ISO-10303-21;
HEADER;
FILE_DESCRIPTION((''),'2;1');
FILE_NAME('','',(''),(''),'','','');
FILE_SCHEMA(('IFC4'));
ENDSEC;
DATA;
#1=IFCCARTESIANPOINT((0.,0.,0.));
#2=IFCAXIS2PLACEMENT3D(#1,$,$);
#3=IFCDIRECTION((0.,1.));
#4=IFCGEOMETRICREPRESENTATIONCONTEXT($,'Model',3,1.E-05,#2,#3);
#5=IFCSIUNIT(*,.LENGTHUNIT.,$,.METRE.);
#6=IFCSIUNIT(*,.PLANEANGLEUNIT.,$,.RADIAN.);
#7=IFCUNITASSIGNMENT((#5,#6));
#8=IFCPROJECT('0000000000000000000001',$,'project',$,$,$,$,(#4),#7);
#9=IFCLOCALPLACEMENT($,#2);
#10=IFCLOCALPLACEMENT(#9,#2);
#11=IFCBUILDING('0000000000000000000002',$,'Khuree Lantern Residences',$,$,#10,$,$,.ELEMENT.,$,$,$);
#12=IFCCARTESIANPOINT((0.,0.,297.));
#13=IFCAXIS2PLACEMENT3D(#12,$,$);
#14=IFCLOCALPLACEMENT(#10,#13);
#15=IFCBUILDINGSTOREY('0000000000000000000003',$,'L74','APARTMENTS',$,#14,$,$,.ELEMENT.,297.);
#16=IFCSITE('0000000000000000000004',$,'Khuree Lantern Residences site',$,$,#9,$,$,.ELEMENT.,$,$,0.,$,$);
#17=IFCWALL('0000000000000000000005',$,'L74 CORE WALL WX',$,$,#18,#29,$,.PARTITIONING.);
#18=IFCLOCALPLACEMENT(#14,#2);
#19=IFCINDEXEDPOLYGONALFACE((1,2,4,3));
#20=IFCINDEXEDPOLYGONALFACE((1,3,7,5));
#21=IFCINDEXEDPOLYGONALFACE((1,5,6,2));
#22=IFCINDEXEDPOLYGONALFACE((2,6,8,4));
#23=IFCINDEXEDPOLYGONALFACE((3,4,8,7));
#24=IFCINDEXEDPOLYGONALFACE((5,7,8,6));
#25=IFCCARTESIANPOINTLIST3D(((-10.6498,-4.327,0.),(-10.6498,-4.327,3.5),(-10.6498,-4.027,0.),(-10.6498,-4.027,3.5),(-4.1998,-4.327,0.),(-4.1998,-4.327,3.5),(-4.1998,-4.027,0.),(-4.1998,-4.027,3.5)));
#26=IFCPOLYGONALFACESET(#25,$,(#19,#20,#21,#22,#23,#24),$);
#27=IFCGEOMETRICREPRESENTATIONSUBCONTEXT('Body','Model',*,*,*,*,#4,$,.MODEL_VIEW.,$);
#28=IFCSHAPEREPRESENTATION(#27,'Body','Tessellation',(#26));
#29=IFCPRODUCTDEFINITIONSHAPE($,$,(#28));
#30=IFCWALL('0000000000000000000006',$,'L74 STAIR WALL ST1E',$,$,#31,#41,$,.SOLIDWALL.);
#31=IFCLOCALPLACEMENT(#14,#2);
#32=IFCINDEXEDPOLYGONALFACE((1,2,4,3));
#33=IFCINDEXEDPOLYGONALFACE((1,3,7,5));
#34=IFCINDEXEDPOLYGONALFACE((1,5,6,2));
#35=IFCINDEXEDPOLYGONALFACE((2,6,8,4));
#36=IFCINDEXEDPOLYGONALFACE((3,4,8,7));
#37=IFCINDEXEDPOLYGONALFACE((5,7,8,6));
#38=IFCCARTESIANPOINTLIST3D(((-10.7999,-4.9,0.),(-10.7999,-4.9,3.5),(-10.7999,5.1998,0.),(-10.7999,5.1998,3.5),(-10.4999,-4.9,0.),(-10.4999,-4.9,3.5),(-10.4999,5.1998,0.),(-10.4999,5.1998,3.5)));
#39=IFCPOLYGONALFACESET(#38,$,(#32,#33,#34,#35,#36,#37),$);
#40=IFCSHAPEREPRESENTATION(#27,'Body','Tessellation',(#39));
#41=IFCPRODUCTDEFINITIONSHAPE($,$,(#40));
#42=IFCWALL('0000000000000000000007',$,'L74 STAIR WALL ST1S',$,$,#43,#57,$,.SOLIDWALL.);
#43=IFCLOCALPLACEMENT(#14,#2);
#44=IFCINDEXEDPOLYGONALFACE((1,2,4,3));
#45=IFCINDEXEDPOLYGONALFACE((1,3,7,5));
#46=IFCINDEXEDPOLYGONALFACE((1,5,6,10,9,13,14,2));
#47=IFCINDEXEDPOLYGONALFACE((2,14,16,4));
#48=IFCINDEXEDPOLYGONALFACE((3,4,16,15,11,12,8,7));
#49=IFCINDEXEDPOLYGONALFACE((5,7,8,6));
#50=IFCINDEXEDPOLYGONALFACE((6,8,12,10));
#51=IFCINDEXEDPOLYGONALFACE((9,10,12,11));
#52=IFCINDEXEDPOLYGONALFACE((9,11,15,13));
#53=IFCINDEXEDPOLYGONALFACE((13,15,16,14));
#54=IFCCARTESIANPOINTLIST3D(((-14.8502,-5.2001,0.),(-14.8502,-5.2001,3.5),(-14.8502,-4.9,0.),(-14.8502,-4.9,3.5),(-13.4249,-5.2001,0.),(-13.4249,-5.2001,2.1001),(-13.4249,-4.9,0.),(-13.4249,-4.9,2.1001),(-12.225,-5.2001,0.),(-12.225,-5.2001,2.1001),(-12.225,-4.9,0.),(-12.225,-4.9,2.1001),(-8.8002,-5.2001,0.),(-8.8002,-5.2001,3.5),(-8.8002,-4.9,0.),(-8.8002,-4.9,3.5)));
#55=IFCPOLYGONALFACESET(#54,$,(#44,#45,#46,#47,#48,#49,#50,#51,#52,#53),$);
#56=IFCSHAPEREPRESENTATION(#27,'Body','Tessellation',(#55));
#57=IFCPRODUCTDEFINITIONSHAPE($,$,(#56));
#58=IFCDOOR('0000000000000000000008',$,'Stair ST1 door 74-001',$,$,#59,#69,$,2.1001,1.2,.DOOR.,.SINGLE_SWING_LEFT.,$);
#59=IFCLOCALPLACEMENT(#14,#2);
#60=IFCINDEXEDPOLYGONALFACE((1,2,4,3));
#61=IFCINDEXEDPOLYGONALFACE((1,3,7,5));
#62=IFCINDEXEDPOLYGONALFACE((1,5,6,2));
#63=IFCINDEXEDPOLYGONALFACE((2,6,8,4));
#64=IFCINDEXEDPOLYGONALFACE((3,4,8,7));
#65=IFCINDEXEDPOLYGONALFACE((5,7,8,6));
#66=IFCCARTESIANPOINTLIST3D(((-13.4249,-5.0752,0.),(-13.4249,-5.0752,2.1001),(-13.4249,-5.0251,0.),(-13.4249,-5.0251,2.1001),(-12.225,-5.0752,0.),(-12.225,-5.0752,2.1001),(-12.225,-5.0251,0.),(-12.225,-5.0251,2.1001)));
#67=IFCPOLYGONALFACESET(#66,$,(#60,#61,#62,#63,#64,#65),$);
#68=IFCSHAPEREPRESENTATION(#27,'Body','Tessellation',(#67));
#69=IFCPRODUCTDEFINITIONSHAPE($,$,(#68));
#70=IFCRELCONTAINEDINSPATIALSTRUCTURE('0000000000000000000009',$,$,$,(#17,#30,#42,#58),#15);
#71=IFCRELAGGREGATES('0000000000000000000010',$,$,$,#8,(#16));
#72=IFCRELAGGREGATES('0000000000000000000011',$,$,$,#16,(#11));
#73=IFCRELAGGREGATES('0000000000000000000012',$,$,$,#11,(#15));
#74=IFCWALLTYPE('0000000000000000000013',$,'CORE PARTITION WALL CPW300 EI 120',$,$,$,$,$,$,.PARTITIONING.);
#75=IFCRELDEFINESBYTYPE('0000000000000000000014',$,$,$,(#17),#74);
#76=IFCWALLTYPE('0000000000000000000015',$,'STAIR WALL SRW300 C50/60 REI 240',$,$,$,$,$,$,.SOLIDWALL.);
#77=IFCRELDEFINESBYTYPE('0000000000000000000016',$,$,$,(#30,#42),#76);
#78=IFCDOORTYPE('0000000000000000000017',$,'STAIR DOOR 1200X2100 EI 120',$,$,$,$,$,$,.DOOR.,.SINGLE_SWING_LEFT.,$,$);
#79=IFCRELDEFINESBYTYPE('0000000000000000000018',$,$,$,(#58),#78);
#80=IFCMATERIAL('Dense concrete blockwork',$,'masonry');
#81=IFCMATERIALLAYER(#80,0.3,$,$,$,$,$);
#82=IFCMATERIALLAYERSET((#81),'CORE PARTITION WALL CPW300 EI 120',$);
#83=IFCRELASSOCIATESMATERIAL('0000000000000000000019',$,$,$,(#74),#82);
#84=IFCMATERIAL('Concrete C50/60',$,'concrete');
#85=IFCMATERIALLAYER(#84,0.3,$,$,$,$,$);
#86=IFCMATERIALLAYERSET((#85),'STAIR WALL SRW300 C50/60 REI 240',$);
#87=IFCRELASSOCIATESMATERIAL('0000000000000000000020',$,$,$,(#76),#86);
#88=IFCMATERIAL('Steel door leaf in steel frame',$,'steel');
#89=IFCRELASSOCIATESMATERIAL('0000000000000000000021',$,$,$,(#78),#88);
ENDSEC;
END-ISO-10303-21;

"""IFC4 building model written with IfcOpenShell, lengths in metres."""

from ifc_helpers import new_model, si_unit, direction, frame, frame_2d, origin, place, context, subcontext, project, spatial, rectangle, extrude, material, layer, layer_set, type_object, element, fill, save


model = new_model("IFC4")

# Units and contexts
model_context = context("Model", 3, precision=1e-05, world=origin(), true_north=direction((0.0, 1.0)))
body_context = subcontext(model_context, "Body", "Model", "MODEL_VIEW")
ifc_project = project(units=[si_unit("LENGTHUNIT", "METRE"), si_unit("PLANEANGLEUNIT", "RADIAN")], contexts=[model_context])

# Site, building, storey
site_placement = place(None, origin())
site = spatial("IfcSite", under=ifc_project, at=site_placement, Name="Khuree Lantern Residences site", CompositionType="ELEMENT", RefElevation=0.0)
building_placement = place(site_placement, origin())
building = spatial("IfcBuilding", under=site, at=building_placement, Name="Khuree Lantern Residences", CompositionType="ELEMENT")
storey_placement = place(building_placement, frame((0.0, 0.0, 297.0)))
storey = spatial("IfcBuildingStorey", under=building, at=storey_placement, Name="L74", Description="APARTMENTS", CompositionType="ELEMENT", Elevation=297.0)

# Shared definitions
ifc_material_1 = material(Name="Dense concrete blockwork", Category="masonry")
ifc_layer_1 = layer(ifc_material_1, 0.3)
ifc_layer_set_1 = layer_set([ifc_layer_1], Name="CORE PARTITION WALL CPW300 EI 120")
wall_type_1 = type_object("IfcWallType", Name="CORE PARTITION WALL CPW300 EI 120", PredefinedType="PARTITIONING", material=ifc_layer_set_1)
ifc_material_2 = material(Name="Steel door leaf in steel frame", Category="steel")

# Walls
wall_1_placement = place(storey_placement, frame((-10.6499, -4.177, 0.0), z_axis=(0.0, 0.0, 1.0), x_axis=(1.0, 0.0, 0.0)))
element("IfcWall", 1, at=wall_1_placement, inside=storey, type_object=wall_type_1, Name="L74 CORE WALL WX", PredefinedType="PARTITIONING", context=body_context, shape_type="SweptSolid", body=[
    extrude(rectangle(XDim=6.45, YDim=0.3, at=frame_2d((3.2251, 0.0))), origin(), (0.0, 0.0, 1.0), 3.5),
])
ifc_material_3 = material(Name="Concrete C50/60", Category="concrete")
ifc_layer_2 = layer(ifc_material_3, 0.3)
ifc_layer_set_2 = layer_set([ifc_layer_2], Name="STAIR WALL SRW300 C50/60 REI 240")
wall_type_2 = type_object("IfcWallType", Name="STAIR WALL SRW300 C50/60 REI 240", PredefinedType="SOLIDWALL", material=ifc_layer_set_2)
wall_2_placement = place(storey_placement, frame((-10.6499, -4.8999, 0.0), z_axis=(0.0, 0.0, 1.0), x_axis=(0.0, 1.0, 0.0)))
element("IfcWall", 2, at=wall_2_placement, inside=storey, type_object=wall_type_2, Name="L74 STAIR WALL ST1E", PredefinedType="SOLIDWALL", context=body_context, shape_type="SweptSolid", body=[
    extrude(rectangle(XDim=10.0999, YDim=0.3, at=frame_2d((5.0498, 0.0))), origin(), (0.0, 0.0, 1.0), 3.5),
])

# Wall, opening, door
wall_3_placement = place(storey_placement, frame((-14.8501, -5.05, 0.0), z_axis=(0.0, 0.0, 1.0), x_axis=(1.0, 0.0, 0.0)))
wall_3 = element("IfcWall", 3, at=wall_3_placement, inside=storey, type_object=wall_type_2, Name="L74 STAIR WALL ST1S", PredefinedType="SOLIDWALL", context=body_context, shape_type="SweptSolid", body=[
    extrude(rectangle(XDim=6.05, YDim=0.3, at=frame_2d((3.0249, 0.0))), origin(), (0.0, 0.0, 1.0), 3.5),
])
opening_1_placement = place(wall_3_placement, frame((1.425, 0.0, 0.0)))
opening_1 = element("IfcOpeningElement", 4, at=opening_1_placement, cuts=wall_3, PredefinedType="OPENING", context=body_context, shape_type="SweptSolid", body=[
    extrude(rectangle(XDim=1.2, YDim=2.1001, at=frame_2d((0.6001, 1.05))), frame((0.0, 0.1602, 0.0), z_axis=(0.0, -1.0, 0.0), x_axis=(1.0, 0.0, 0.0)), (0.0, 0.0, 1.0), 0.3201),
])
door_type_1 = type_object("IfcDoorType", Name="STAIR DOOR 1200X2100 EI 120", OperationType="SINGLE_SWING_LEFT", PredefinedType="DOOR", material=ifc_material_2)
door_1_placement = place(opening_1_placement, origin())
door_1 = element("IfcDoor", 5, at=door_1_placement, inside=storey, type_object=door_type_1, Name="Stair ST1 door 74-001", OperationType="SINGLE_SWING_LEFT", OverallHeight=2.1001, OverallWidth=1.2, PredefinedType="DOOR", context=body_context, shape_type="SweptSolid", body=[
    extrude(rectangle(XDim=1.2, YDim=2.1001, at=frame_2d((0.6001, 1.05))), frame((0.0, 0.0249, 0.0), z_axis=(0.0, -1.0, 0.0), x_axis=(1.0, 0.0, 0.0)), (0.0, 0.0, 1.0), 0.05),
])
fill(opening_1, door_1)

save(model, "model.ifc")
